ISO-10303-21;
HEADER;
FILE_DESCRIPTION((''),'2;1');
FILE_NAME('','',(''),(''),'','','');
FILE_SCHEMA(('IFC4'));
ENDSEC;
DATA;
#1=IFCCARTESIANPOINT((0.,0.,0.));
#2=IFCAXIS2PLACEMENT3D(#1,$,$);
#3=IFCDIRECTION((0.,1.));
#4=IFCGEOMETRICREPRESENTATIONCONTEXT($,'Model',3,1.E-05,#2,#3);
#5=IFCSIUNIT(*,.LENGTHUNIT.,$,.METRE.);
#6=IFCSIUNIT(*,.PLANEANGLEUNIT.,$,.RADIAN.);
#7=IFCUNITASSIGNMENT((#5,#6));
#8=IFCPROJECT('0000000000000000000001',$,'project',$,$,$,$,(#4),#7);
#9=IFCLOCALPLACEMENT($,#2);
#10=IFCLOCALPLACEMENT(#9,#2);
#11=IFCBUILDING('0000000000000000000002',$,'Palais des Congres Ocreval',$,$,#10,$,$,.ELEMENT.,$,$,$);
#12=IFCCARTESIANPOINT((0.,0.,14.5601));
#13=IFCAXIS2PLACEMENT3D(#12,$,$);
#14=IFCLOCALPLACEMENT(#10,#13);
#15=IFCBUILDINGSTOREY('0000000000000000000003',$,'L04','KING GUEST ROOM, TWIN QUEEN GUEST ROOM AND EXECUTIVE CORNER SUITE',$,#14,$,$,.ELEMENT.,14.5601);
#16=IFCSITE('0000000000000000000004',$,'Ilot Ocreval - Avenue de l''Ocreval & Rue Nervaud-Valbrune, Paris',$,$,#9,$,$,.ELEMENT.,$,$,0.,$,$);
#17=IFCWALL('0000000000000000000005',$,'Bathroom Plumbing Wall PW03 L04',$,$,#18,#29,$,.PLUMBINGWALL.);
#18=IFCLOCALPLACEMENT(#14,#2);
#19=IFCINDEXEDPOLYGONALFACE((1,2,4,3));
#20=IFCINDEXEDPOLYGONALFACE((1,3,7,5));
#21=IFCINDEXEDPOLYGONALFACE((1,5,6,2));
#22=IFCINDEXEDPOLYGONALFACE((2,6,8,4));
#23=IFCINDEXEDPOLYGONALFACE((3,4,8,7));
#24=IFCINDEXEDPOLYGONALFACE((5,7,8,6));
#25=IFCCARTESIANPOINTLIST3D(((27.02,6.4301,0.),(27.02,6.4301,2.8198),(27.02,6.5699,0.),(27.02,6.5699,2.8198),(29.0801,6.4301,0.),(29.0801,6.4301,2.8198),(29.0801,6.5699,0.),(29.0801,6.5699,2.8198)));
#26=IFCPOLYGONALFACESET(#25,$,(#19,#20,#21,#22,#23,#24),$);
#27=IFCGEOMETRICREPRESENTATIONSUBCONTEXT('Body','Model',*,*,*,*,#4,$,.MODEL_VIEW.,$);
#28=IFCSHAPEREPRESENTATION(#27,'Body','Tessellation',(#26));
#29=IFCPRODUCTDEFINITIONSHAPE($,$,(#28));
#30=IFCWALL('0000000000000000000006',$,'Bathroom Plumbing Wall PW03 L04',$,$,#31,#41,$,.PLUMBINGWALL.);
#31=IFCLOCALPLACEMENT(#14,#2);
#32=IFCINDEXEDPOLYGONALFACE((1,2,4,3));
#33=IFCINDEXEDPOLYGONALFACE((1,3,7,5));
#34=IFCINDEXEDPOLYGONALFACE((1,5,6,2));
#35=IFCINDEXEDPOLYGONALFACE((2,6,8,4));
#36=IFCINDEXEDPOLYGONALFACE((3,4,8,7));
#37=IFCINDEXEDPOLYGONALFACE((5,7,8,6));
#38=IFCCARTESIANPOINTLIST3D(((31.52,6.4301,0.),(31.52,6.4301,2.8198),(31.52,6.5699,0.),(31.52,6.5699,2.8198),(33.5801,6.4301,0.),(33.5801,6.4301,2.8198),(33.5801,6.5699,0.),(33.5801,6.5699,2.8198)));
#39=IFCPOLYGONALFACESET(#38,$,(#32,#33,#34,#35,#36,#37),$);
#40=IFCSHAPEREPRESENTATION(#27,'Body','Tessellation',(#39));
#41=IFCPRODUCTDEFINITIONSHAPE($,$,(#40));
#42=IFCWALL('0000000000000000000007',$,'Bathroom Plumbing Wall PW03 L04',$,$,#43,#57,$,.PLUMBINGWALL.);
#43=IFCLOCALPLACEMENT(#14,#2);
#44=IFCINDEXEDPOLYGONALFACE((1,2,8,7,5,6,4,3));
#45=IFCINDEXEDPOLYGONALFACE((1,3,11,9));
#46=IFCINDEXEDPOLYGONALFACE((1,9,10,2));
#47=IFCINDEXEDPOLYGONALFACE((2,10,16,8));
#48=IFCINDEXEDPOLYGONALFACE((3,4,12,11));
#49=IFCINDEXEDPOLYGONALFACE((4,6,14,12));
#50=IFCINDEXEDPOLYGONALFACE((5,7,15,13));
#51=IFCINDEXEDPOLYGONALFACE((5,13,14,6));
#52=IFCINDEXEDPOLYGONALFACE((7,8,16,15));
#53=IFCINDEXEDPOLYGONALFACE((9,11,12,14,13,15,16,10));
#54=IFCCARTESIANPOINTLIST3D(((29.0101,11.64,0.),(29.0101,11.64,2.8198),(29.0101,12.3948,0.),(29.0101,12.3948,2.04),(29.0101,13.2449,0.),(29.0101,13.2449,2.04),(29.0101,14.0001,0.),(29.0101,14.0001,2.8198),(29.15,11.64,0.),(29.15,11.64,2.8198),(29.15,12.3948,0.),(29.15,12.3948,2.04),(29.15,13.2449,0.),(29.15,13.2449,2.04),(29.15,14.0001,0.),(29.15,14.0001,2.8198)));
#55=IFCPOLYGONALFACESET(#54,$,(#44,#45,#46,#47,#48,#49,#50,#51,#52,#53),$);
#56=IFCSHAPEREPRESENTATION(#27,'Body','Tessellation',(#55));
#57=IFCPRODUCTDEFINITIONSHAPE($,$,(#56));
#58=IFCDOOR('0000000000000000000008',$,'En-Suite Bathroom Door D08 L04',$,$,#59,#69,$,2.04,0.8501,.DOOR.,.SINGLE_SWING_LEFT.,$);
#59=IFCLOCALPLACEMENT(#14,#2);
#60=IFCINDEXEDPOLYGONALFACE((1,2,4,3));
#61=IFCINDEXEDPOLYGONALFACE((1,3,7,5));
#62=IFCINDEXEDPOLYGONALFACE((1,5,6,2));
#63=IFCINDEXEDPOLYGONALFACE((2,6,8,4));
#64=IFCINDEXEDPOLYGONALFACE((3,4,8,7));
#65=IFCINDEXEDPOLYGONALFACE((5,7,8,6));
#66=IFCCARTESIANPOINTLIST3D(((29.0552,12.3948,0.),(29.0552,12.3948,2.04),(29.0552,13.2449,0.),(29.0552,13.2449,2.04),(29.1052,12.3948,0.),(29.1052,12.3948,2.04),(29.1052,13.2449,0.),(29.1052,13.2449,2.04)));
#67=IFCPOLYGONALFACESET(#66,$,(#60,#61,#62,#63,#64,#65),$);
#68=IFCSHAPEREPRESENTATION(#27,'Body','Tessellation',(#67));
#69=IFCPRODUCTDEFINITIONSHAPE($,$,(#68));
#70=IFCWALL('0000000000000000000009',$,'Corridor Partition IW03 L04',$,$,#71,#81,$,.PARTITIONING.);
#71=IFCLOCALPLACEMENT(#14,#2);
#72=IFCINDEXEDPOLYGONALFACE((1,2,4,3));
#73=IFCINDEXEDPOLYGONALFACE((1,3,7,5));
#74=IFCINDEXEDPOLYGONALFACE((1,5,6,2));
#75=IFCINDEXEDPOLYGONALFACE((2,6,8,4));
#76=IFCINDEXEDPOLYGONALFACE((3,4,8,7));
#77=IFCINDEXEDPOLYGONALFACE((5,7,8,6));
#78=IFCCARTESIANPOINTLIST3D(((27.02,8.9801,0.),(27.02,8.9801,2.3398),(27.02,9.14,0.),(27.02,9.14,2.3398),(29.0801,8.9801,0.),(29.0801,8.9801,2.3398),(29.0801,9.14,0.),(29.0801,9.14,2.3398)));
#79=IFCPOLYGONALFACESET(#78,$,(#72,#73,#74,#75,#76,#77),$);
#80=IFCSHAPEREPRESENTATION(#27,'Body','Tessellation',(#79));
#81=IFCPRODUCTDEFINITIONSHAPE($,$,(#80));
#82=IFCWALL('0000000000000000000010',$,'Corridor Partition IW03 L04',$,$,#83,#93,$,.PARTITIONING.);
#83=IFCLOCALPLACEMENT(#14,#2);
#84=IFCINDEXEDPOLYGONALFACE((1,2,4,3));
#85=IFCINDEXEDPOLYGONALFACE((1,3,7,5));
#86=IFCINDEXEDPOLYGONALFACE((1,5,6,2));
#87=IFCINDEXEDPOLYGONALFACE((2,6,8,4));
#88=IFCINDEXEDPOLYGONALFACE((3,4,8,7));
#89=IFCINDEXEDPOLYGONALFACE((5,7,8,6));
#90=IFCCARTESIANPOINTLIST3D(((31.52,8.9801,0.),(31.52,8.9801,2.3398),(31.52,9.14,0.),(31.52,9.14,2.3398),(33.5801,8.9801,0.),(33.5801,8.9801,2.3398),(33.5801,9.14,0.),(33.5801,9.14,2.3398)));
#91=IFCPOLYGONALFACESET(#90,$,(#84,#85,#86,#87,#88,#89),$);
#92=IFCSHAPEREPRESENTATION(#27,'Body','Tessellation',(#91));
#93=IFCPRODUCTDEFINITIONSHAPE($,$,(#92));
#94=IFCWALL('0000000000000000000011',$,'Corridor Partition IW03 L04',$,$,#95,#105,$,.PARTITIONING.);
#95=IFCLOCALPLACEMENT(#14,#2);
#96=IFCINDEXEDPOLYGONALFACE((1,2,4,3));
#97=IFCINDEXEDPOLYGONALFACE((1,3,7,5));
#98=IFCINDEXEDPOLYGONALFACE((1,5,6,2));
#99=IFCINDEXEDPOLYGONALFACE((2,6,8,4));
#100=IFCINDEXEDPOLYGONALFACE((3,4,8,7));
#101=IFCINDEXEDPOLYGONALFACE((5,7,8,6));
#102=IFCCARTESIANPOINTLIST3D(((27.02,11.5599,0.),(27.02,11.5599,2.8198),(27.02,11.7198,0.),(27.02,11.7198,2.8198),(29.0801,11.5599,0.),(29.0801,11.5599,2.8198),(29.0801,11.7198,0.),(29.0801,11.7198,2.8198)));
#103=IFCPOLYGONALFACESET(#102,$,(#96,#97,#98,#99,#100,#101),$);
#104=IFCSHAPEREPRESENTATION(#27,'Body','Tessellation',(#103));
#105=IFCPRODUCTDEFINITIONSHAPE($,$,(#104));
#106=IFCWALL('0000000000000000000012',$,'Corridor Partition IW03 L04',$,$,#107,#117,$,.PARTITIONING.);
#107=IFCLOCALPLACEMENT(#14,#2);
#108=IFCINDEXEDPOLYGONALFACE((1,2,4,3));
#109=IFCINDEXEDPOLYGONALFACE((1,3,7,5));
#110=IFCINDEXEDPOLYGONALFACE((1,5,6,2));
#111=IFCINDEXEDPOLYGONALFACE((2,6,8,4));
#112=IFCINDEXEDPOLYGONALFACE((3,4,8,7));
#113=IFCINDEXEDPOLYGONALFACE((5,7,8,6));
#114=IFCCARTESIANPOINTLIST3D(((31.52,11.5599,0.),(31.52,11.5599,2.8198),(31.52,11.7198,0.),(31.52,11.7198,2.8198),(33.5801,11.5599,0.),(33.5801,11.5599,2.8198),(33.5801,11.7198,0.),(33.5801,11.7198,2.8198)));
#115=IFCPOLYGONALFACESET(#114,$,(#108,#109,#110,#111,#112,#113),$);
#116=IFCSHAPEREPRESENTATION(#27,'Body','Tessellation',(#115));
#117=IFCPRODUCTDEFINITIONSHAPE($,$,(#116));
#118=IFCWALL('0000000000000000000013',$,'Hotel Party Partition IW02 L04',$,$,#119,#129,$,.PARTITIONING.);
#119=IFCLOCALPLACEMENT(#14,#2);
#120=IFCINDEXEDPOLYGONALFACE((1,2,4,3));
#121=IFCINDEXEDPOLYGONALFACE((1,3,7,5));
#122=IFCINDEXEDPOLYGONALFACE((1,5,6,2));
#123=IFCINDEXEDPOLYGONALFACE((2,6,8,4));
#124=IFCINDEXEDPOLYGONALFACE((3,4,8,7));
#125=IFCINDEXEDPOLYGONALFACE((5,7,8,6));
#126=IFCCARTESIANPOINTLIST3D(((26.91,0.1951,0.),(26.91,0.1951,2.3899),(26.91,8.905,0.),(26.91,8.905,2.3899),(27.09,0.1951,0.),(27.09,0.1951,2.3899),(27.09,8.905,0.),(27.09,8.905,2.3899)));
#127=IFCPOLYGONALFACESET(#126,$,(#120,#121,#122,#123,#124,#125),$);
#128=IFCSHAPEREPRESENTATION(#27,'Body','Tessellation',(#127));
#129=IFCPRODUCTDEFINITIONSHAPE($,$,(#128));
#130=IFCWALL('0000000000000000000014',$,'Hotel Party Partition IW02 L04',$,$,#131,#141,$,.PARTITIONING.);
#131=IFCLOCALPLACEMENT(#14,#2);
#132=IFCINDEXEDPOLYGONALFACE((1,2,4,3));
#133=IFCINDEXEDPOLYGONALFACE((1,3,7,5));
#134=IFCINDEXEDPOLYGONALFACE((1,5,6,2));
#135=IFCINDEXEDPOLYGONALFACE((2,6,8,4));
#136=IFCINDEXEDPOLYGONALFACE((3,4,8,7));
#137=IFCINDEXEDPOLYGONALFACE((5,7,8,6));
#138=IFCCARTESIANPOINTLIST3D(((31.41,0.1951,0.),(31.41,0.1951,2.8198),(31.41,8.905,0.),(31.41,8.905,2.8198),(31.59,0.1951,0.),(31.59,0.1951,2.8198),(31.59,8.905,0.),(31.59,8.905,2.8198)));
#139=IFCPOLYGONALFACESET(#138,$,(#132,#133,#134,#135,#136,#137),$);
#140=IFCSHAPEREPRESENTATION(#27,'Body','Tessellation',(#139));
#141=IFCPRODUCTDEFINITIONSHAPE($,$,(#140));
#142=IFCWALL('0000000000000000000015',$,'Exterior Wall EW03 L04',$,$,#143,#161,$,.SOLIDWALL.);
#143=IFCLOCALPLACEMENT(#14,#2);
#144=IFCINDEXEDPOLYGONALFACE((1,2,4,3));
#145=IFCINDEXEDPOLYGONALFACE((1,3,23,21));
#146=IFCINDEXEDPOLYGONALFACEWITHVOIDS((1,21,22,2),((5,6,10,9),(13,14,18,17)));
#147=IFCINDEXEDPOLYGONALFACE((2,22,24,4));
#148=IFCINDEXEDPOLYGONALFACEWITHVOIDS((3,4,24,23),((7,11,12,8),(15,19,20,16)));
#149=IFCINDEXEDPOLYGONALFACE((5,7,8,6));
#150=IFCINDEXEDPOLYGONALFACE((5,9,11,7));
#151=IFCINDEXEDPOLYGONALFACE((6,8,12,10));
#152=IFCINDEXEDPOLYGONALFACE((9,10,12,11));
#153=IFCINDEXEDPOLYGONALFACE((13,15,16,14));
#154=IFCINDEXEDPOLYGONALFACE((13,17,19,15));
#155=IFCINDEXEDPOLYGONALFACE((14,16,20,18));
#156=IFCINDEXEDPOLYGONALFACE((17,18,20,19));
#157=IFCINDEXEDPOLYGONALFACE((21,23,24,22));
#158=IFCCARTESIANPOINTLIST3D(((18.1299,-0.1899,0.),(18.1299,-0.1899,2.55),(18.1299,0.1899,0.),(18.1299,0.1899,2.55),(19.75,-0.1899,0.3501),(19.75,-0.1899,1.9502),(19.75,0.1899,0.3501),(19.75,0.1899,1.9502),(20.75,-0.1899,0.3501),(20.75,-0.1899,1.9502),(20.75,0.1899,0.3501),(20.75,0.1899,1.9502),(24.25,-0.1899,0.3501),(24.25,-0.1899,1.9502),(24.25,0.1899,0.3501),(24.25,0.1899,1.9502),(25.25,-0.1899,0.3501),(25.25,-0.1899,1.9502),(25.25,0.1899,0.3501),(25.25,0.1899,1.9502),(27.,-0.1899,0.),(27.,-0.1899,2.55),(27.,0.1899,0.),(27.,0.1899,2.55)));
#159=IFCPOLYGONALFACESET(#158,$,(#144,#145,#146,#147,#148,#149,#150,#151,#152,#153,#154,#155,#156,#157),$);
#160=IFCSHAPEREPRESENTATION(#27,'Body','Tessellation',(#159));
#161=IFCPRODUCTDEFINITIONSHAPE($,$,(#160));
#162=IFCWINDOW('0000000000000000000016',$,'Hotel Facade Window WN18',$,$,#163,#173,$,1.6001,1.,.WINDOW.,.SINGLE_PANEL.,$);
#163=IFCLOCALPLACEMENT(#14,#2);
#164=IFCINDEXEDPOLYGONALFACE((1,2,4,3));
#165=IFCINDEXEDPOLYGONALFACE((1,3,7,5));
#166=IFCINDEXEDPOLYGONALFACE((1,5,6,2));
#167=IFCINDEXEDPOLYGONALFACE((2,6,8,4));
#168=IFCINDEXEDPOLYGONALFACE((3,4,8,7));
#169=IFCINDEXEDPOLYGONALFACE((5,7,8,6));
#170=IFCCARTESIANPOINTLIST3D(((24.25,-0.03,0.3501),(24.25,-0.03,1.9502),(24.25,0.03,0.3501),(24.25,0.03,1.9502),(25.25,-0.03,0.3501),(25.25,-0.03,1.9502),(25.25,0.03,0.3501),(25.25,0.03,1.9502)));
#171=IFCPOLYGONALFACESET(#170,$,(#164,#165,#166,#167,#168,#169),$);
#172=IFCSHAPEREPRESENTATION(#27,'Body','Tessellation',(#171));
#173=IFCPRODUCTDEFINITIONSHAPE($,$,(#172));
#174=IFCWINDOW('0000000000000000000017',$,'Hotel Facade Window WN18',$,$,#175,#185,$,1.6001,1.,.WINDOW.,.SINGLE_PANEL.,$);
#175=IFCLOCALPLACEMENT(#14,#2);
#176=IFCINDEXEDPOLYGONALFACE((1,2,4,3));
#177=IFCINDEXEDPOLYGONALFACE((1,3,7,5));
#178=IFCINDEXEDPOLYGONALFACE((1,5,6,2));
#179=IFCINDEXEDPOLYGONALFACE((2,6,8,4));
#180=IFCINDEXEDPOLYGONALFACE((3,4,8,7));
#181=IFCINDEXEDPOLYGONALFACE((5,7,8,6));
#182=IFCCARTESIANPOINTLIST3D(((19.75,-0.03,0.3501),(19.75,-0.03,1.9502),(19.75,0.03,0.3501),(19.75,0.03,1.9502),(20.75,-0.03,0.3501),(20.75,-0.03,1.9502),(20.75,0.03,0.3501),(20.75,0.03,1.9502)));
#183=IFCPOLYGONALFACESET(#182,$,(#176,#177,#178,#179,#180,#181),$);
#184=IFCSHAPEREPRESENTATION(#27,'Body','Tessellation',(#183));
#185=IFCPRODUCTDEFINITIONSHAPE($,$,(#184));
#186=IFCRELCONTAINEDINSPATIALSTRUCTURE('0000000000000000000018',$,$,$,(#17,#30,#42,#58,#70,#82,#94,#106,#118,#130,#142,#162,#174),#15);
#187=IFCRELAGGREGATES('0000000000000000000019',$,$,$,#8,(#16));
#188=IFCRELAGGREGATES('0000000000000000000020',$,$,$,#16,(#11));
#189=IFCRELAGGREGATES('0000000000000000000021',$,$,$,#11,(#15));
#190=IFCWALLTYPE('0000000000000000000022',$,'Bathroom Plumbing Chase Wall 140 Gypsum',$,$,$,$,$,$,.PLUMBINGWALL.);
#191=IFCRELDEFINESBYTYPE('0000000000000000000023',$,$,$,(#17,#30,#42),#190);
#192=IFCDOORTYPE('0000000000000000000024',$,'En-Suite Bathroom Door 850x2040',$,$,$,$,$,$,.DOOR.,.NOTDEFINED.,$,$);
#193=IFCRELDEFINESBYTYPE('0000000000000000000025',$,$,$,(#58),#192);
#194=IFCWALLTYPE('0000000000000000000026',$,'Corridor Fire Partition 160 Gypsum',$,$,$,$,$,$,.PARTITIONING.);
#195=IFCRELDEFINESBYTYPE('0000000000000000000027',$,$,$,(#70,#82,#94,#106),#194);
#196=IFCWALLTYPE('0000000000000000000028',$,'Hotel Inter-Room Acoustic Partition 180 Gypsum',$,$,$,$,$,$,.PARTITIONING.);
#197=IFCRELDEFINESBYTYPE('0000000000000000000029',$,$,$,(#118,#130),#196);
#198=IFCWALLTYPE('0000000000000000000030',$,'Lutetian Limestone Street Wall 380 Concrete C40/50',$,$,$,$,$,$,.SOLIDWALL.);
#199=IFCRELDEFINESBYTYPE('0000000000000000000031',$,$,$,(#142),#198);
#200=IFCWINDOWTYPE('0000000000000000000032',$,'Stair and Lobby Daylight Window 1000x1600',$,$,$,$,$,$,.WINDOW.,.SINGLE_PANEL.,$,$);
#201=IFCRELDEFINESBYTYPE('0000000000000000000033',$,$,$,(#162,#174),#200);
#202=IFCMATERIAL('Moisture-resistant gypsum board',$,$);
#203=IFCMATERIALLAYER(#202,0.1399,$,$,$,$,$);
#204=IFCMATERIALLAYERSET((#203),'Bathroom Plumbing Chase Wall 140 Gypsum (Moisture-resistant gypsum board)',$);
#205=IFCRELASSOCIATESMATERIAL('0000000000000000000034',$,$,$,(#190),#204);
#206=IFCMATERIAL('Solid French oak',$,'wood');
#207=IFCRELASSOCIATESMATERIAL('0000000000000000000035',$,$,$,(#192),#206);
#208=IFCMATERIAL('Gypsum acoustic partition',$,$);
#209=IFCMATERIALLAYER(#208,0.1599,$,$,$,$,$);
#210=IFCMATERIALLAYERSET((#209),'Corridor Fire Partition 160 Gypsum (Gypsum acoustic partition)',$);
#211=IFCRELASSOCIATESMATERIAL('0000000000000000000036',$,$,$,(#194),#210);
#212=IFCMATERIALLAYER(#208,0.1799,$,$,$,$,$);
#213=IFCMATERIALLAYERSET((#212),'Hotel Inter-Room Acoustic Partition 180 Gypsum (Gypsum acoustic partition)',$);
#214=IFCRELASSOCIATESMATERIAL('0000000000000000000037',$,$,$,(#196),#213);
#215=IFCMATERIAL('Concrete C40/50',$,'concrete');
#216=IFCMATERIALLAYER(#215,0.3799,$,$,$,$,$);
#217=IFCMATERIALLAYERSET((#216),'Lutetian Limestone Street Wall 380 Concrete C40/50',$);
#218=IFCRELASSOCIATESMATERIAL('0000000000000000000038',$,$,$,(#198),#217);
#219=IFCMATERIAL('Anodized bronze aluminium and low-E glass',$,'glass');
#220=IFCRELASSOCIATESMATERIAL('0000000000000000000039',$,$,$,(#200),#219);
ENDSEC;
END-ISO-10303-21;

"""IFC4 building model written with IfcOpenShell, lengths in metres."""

from ifc_helpers import new_model, si_unit, direction, frame, frame_2d, origin, place, context, subcontext, project, spatial, rectangle, extrude, material, layer, layer_set, type_object, element, fill, save


model = new_model("IFC4")

# Units and contexts
model_context = context("Model", 3, precision=1e-05, world=origin(), true_north=direction((0.0, 1.0)))
body_context = subcontext(model_context, "Body", "Model", "MODEL_VIEW")
ifc_project = project(units=[si_unit("LENGTHUNIT", "METRE"), si_unit("PLANEANGLEUNIT", "RADIAN")], contexts=[model_context])

# Site, building, storey
site_placement = place(None, origin())
site = spatial("IfcSite", under=ifc_project, at=site_placement, Name="Ilot Ocreval - Avenue de l'Ocreval & Rue Nervaud-Valbrune, Paris", CompositionType="ELEMENT", RefElevation=0.0)
building_placement = place(site_placement, origin())
building = spatial("IfcBuilding", under=site, at=building_placement, Name="Palais des Congres Ocreval", CompositionType="ELEMENT")
storey_placement = place(building_placement, frame((0.0, 0.0, 14.5601)))
storey = spatial("IfcBuildingStorey", under=building, at=storey_placement, Name="L04", Description="KING GUEST ROOM, TWIN QUEEN GUEST ROOM AND EXECUTIVE CORNER SUITE", CompositionType="ELEMENT", Elevation=14.5601)

# Shared definitions
ifc_material_1 = material(Name="Concrete C40/50", Category="concrete")

# Shared definitions
ifc_material_2 = material(Name="Moisture-resistant gypsum board")
ifc_layer_1 = layer(ifc_material_2, 0.1399)
ifc_layer_set_1 = layer_set([ifc_layer_1], Name="Bathroom Plumbing Chase Wall 140 Gypsum (Moisture-resistant gypsum board)")
wall_type_1 = type_object("IfcWallType", Name="Bathroom Plumbing Chase Wall 140 Gypsum", PredefinedType="PLUMBINGWALL", material=ifc_layer_set_1)
ifc_material_3 = material(Name="Solid French oak", Category="wood")
door_type_1 = type_object("IfcDoorType", Name="En-Suite Bathroom Door 850x2040", OperationType="NOTDEFINED", PredefinedType="DOOR", material=ifc_material_3)

# Walls
for number, where, z_axis, x_axis, name in (
    (1, (27.02, 6.5, 0.0), (0.0, 0.0, 1.0), (1.0, 0.0, 0.0), "Bathroom Plumbing Wall PW03 L04"),
    (2, (31.52, 6.5, 0.0), (0.0, 0.0, 1.0), (1.0, 0.0, 0.0), "Bathroom Plumbing Wall PW03 L04"),
):
    element("IfcWall", number, at=place(storey_placement, frame(where, z_axis=z_axis, x_axis=x_axis)), inside=storey, type_object=wall_type_1, Name=name, PredefinedType="PLUMBINGWALL", context=body_context, shape_type="SweptSolid", body=[
        extrude(rectangle(XDim=2.0601, YDim=0.1399, at=frame_2d((1.03, 0.0))), origin(), (0.0, 0.0, 1.0), 2.8198),
    ])

# Wall, opening, door
wall_1_placement = place(storey_placement, frame((29.0801, 11.6399, 0.0), z_axis=(0.0, 0.0, 1.0), x_axis=(0.0, 1.0, 0.0)))
wall_1 = element("IfcWall", 3, at=wall_1_placement, inside=storey, type_object=wall_type_1, Name="Bathroom Plumbing Wall PW03 L04", PredefinedType="PLUMBINGWALL", context=body_context, shape_type="SweptSolid", body=[
    extrude(rectangle(XDim=2.3601, YDim=0.1399, at=frame_2d((1.1802, 0.0))), origin(), (0.0, 0.0, 1.0), 2.8198),
])
opening_1_placement = place(wall_1_placement, frame((0.7549, 0.0, 0.0)))
opening_1 = element("IfcOpeningElement", 4, at=opening_1_placement, cuts=wall_1, PredefinedType="OPENING", context=body_context, shape_type="SweptSolid", body=[
    extrude(rectangle(XDim=0.8501, YDim=2.04, at=frame_2d((0.425, 1.02))), frame((0.0, 0.0798, 0.0), z_axis=(0.0, -1.0, 0.0), x_axis=(1.0, 0.0, 0.0)), (0.0, 0.0, 1.0), 0.1599),
])
door_1_placement = place(opening_1_placement, origin())
door_1 = element("IfcDoor", 5, at=door_1_placement, inside=storey, type_object=door_type_1, Name="En-Suite Bathroom Door D08 L04", OperationType="SINGLE_SWING_LEFT", OverallHeight=2.04, OverallWidth=0.8501, PredefinedType="DOOR", context=body_context, shape_type="SweptSolid", body=[
    extrude(rectangle(XDim=0.8501, YDim=2.04, at=frame_2d((0.425, 1.02))), frame((0.0, 0.0249, 0.0), z_axis=(0.0, -1.0, 0.0), x_axis=(1.0, 0.0, 0.0)), (0.0, 0.0, 1.0), 0.05),
])
fill(opening_1, door_1)

# Walls
ifc_material_4 = material(Name="Gypsum acoustic partition")
ifc_layer_2 = layer(ifc_material_4, 0.1599)
ifc_layer_set_2 = layer_set([ifc_layer_2], Name="Corridor Fire Partition 160 Gypsum (Gypsum acoustic partition)")
wall_type_2 = type_object("IfcWallType", Name="Corridor Fire Partition 160 Gypsum", PredefinedType="PARTITIONING", material=ifc_layer_set_2)
for number, where, z_axis, x_axis, name in (
    (6, (27.02, 9.0601, 0.0), (0.0, 0.0, 1.0), (1.0, 0.0, 0.0), "Corridor Partition IW03 L04"),
    (7, (31.52, 9.0601, 0.0), (0.0, 0.0, 1.0), (1.0, 0.0, 0.0), "Corridor Partition IW03 L04"),
):
    element("IfcWall", number, at=place(storey_placement, frame(where, z_axis=z_axis, x_axis=x_axis)), inside=storey, type_object=wall_type_2, Name=name, PredefinedType="PARTITIONING", context=body_context, shape_type="SweptSolid", body=[
        extrude(rectangle(XDim=2.0601, YDim=0.1599, at=frame_2d((1.03, 0.0))), origin(), (0.0, 0.0, 1.0), 2.3398),
    ])
for number, where, z_axis, x_axis, name in (
    (8, (27.02, 11.6399, 0.0), (0.0, 0.0, 1.0), (1.0, 0.0, 0.0), "Corridor Partition IW03 L04"),
    (9, (31.52, 11.6399, 0.0), (0.0, 0.0, 1.0), (1.0, 0.0, 0.0), "Corridor Partition IW03 L04"),
):
    element("IfcWall", number, at=place(storey_placement, frame(where, z_axis=z_axis, x_axis=x_axis)), inside=storey, type_object=wall_type_2, Name=name, PredefinedType="PARTITIONING", context=body_context, shape_type="SweptSolid", body=[
        extrude(rectangle(XDim=2.0601, YDim=0.1599, at=frame_2d((1.03, 0.0))), origin(), (0.0, 0.0, 1.0), 2.8198),
    ])

# Walls
ifc_layer_3 = layer(ifc_material_4, 0.1799)
ifc_layer_set_3 = layer_set([ifc_layer_3], Name="Hotel Inter-Room Acoustic Partition 180 Gypsum (Gypsum acoustic partition)")
wall_type_3 = type_object("IfcWallType", Name="Hotel Inter-Room Acoustic Partition 180 Gypsum", PredefinedType="PARTITIONING", material=ifc_layer_set_3)
wall_2_placement = place(storey_placement, frame((27.0, 0.1951, 0.0), z_axis=(0.0, 0.0, 1.0), x_axis=(0.0, 1.0, 0.0)))
element("IfcWall", 10, at=wall_2_placement, inside=storey, type_object=wall_type_3, Name="Hotel Party Partition IW02 L04", PredefinedType="PARTITIONING", context=body_context, shape_type="SweptSolid", body=[
    extrude(rectangle(XDim=8.71, YDim=0.1799, at=frame_2d((4.355, 0.0))), origin(), (0.0, 0.0, 1.0), 2.3899),
])
wall_3_placement = place(storey_placement, frame((31.5, 0.1951, 0.0), z_axis=(0.0, 0.0, 1.0), x_axis=(0.0, 1.0, 0.0)))
element("IfcWall", 11, at=wall_3_placement, inside=storey, type_object=wall_type_3, Name="Hotel Party Partition IW02 L04", PredefinedType="PARTITIONING", context=body_context, shape_type="SweptSolid", body=[
    extrude(rectangle(XDim=8.71, YDim=0.1799, at=frame_2d((4.355, 0.0))), origin(), (0.0, 0.0, 1.0), 2.8198),
])

# Wall, openings, windows
ifc_layer_4 = layer(ifc_material_1, 0.3799)
ifc_layer_set_4 = layer_set([ifc_layer_4], Name="Lutetian Limestone Street Wall 380 Concrete C40/50")
wall_type_4 = type_object("IfcWallType", Name="Lutetian Limestone Street Wall 380 Concrete C40/50", PredefinedType="SOLIDWALL", material=ifc_layer_set_4)
wall_4_placement = place(storey_placement, frame((27.0, 0.0, 0.0), z_axis=(0.0, 0.0, 1.0), x_axis=(-1.0, 0.0, 0.0)))
wall_4 = element("IfcWall", 12, at=wall_4_placement, inside=storey, type_object=wall_type_4, Name="Exterior Wall EW03 L04", PredefinedType="SOLIDWALL", context=body_context, shape_type="SweptSolid", body=[
    extrude(rectangle(XDim=8.8701, YDim=0.3799, at=frame_2d((4.4351, 0.0))), origin(), (0.0, 0.0, 1.0), 2.55),
])
opening_2_placement = place(wall_4_placement, frame((1.75, 0.0, 0.3501)))
opening_2 = element("IfcOpeningElement", 13, at=opening_2_placement, cuts=wall_4, PredefinedType="OPENING", context=body_context, shape_type="SweptSolid", body=[
    extrude(rectangle(XDim=1.0, YDim=1.6001, at=frame_2d((0.5, 0.8))), frame((0.0, 0.2, 0.0), z_axis=(0.0, -1.0, 0.0), x_axis=(1.0, 0.0, 0.0)), (0.0, 0.0, 1.0), 0.3999),
])
opening_3_placement = place(wall_4_placement, frame((6.25, 0.0, 0.3501)))
opening_3 = element("IfcOpeningElement", 14, at=opening_3_placement, cuts=wall_4, PredefinedType="OPENING", context=body_context, shape_type="SweptSolid", body=[
    extrude(rectangle(XDim=1.0, YDim=1.6001, at=frame_2d((0.5, 0.8))), frame((0.0, 0.2, 0.0), z_axis=(0.0, -1.0, 0.0), x_axis=(1.0, 0.0, 0.0)), (0.0, 0.0, 1.0), 0.3999),
])
ifc_material_5 = material(Name="Anodized bronze aluminium and low-E glass", Category="glass")
window_type = type_object("IfcWindowType", Name="Stair and Lobby Daylight Window 1000x1600", PartitioningType="SINGLE_PANEL", PredefinedType="WINDOW", material=ifc_material_5)
window_1_placement = place(opening_2_placement, origin())
window_1 = element("IfcWindow", 15, at=window_1_placement, inside=storey, type_object=window_type, Name="Hotel Facade Window WN18", OverallHeight=1.6001, OverallWidth=1.0, PartitioningType="SINGLE_PANEL", PredefinedType="WINDOW", context=body_context, shape_type="SweptSolid", body=[
    extrude(rectangle(XDim=1.0, YDim=1.6001, at=frame_2d((0.5, 0.8))), frame((0.0, 0.03, 0.0), z_axis=(0.0, -1.0, 0.0), x_axis=(1.0, 0.0, 0.0)), (0.0, 0.0, 1.0), 0.0601),
])
fill(opening_2, window_1)
window_2_placement = place(opening_3_placement, origin())
window_2 = element("IfcWindow", 16, at=window_2_placement, inside=storey, type_object=window_type, Name="Hotel Facade Window WN18", OverallHeight=1.6001, OverallWidth=1.0, PartitioningType="SINGLE_PANEL", PredefinedType="WINDOW", context=body_context, shape_type="SweptSolid", body=[
    extrude(rectangle(XDim=1.0, YDim=1.6001, at=frame_2d((0.5, 0.8))), frame((0.0, 0.03, 0.0), z_axis=(0.0, -1.0, 0.0), x_axis=(1.0, 0.0, 0.0)), (0.0, 0.0, 1.0), 0.0601),
])
fill(opening_3, window_2)

save(model, "model.ifc")
